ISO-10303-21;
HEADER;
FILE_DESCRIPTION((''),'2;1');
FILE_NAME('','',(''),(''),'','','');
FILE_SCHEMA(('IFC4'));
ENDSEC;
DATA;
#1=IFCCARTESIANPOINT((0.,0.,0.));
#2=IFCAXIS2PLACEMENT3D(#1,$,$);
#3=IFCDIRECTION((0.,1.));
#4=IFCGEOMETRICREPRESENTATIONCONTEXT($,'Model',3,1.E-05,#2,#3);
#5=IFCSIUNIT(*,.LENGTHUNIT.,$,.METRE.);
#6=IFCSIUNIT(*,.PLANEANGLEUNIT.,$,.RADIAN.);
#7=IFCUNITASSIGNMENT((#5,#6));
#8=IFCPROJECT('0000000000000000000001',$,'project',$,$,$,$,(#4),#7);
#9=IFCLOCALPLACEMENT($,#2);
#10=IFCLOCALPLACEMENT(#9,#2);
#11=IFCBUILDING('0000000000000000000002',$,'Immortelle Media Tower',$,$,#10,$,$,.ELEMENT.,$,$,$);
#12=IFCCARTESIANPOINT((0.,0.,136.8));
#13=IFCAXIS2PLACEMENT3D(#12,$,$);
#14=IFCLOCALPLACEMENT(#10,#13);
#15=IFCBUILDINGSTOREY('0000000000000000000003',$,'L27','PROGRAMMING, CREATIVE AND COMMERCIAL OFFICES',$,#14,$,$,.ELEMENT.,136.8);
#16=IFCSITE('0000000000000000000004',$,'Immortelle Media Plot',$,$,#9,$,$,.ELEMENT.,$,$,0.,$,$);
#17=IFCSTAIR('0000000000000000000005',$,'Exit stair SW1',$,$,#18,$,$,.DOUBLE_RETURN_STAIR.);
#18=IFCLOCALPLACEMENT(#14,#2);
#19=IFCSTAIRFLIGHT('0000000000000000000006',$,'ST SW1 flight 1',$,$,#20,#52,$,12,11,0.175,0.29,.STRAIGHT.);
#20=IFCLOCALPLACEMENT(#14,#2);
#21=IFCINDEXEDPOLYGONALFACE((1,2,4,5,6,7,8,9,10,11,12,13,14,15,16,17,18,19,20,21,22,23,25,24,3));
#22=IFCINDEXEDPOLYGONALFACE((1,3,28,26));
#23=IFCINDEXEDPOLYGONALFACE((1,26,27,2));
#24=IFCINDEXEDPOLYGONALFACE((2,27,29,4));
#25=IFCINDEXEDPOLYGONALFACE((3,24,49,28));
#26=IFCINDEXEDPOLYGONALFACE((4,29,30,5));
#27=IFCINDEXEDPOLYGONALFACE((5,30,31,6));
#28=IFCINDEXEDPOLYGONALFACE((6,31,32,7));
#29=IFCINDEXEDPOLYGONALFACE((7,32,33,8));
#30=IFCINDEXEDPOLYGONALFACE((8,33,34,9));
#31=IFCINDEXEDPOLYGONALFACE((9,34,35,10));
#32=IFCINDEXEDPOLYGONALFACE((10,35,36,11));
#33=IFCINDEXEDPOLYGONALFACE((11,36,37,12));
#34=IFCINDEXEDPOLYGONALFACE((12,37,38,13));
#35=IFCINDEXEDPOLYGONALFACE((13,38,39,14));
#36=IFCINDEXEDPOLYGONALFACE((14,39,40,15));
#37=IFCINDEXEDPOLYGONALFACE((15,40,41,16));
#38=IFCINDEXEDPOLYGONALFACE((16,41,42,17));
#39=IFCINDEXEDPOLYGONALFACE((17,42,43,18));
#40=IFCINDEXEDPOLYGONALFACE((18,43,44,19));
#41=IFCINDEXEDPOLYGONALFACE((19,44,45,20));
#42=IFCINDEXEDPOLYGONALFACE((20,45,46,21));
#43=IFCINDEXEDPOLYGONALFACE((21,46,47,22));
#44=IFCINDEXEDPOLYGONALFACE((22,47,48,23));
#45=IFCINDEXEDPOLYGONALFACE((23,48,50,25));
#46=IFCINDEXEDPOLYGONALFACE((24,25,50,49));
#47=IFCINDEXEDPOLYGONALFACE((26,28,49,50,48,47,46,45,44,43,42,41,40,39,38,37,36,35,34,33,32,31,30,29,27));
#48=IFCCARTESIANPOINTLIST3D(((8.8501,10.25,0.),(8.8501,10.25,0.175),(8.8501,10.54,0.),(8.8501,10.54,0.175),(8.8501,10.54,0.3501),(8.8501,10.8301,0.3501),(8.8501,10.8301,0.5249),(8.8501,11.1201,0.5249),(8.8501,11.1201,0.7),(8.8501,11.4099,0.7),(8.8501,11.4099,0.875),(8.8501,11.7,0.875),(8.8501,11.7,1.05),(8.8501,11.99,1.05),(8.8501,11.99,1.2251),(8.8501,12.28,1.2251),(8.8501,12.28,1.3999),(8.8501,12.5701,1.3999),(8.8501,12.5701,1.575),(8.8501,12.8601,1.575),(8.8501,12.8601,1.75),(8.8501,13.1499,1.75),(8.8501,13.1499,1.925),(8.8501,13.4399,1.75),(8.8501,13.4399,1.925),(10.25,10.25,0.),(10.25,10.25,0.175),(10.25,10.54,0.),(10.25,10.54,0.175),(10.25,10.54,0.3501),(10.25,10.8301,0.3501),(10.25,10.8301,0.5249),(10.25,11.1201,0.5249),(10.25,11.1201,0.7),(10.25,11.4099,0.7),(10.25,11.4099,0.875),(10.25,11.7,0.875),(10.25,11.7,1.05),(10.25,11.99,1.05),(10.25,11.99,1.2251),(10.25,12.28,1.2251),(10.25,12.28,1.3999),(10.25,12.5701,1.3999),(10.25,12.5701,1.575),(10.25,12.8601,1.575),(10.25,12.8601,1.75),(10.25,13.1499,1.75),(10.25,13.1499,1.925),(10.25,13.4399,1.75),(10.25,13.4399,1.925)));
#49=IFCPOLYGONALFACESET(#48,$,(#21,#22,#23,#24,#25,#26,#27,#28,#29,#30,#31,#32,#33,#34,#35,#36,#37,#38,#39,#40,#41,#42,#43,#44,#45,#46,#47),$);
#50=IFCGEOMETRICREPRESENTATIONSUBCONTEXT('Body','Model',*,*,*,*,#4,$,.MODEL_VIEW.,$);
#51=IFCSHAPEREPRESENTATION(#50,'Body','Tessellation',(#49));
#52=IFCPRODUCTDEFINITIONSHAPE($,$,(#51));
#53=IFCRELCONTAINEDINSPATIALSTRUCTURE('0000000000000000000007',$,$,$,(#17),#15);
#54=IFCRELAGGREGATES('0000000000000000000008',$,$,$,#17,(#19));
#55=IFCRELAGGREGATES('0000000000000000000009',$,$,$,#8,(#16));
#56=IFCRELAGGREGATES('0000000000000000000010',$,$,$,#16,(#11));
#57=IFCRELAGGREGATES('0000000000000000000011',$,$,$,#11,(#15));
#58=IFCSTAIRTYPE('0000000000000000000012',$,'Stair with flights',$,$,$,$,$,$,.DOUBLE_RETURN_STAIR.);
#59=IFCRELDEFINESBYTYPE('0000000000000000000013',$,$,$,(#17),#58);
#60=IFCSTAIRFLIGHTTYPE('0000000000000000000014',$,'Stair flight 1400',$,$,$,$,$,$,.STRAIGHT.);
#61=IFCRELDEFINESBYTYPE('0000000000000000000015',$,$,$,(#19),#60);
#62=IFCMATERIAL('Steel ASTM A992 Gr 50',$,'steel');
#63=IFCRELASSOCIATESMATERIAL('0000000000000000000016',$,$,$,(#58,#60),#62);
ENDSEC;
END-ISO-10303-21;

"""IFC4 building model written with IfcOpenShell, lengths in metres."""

from ifc_helpers import new_model, si_unit, direction, frame, origin, place, context, subcontext, project, spatial, polyline, outline, extrude, material, type_object, element, aggregate, save


model = new_model("IFC4")

# Units and contexts
model_context = context("Model", 3, precision=1e-05, world=origin(), true_north=direction((0.0, 1.0)))
body_context = subcontext(model_context, "Body", "Model", "MODEL_VIEW")
ifc_project = project(units=[si_unit("LENGTHUNIT", "METRE"), si_unit("PLANEANGLEUNIT", "RADIAN")], contexts=[model_context])

# Site, building, storey
site_placement = place(None, origin())
site = spatial("IfcSite", under=ifc_project, at=site_placement, Name="Immortelle Media Plot", CompositionType="ELEMENT", RefElevation=0.0)
building_placement = place(site_placement, origin())
building = spatial("IfcBuilding", under=site, at=building_placement, Name="Immortelle Media Tower", CompositionType="ELEMENT")
storey_placement = place(building_placement, frame((0.0, 0.0, 136.8)))
storey = spatial("IfcBuildingStorey", under=building, at=storey_placement, Name="L27", Description="PROGRAMMING, CREATIVE AND COMMERCIAL OFFICES", CompositionType="ELEMENT", Elevation=136.8)

# Shared definitions
ifc_material_1 = material(Name="Steel ASTM A992 Gr 50", Category="steel")

# Stair, stair flight
stair_type = type_object("IfcStairType", Name="Stair with flights", PredefinedType="DOUBLE_RETURN_STAIR", material=ifc_material_1)
stair_placement = place(storey_placement, origin())
stair = element("IfcStair", 1, at=stair_placement, inside=storey, type_object=stair_type, Name="Exit stair SW1", PredefinedType="DOUBLE_RETURN_STAIR")
stair_flight_type = type_object("IfcStairFlightType", Name="Stair flight 1400", PredefinedType="STRAIGHT", material=ifc_material_1)
stair_flight_placement = place(storey_placement, frame((9.55, 10.25, 0.0), z_axis=(0.0, 0.0, 1.0), x_axis=(0.0, 1.0, 0.0)))
stair_flight = element("IfcStairFlight", 2, at=stair_flight_placement, type_object=stair_flight_type, Name="ST SW1 flight 1", NumberOfRisers=12, NumberOfTreads=11, PredefinedType="STRAIGHT", RiserHeight=0.175, TreadLength=0.29, context=body_context, shape_type="SweptSolid", body=[
    extrude(outline(polyline([(0.0, 0.0), (0.0, 0.175), (0.29, 0.175), (0.29, 0.3501), (0.5801, 0.3501), (0.5801, 0.5249), (0.8701, 0.5249), (0.8701, 0.7), (1.1599, 0.7), (1.1599, 0.875), (1.45, 0.875), (1.45, 1.05), (1.74, 1.05), (1.74, 1.2251), (2.03, 1.2251), (2.03, 1.3999), (2.3201, 1.3999), (2.3201, 1.575), (2.6101, 1.575), (2.6101, 1.75), (2.8999, 1.75), (2.8999, 1.925), (3.1899, 1.925), (3.1899, 2.1001), (3.1899, 1.75), (0.29, 0.0), (0.0, 0.0)])), frame((0.0, 0.7, 0.0), z_axis=(0.0, -1.0, 0.0), x_axis=(1.0, 0.0, 0.0)), (0.0, 0.0, 1.0), 1.3999),
])
aggregate(stair, [stair_flight])

save(model, "model.ifc")
